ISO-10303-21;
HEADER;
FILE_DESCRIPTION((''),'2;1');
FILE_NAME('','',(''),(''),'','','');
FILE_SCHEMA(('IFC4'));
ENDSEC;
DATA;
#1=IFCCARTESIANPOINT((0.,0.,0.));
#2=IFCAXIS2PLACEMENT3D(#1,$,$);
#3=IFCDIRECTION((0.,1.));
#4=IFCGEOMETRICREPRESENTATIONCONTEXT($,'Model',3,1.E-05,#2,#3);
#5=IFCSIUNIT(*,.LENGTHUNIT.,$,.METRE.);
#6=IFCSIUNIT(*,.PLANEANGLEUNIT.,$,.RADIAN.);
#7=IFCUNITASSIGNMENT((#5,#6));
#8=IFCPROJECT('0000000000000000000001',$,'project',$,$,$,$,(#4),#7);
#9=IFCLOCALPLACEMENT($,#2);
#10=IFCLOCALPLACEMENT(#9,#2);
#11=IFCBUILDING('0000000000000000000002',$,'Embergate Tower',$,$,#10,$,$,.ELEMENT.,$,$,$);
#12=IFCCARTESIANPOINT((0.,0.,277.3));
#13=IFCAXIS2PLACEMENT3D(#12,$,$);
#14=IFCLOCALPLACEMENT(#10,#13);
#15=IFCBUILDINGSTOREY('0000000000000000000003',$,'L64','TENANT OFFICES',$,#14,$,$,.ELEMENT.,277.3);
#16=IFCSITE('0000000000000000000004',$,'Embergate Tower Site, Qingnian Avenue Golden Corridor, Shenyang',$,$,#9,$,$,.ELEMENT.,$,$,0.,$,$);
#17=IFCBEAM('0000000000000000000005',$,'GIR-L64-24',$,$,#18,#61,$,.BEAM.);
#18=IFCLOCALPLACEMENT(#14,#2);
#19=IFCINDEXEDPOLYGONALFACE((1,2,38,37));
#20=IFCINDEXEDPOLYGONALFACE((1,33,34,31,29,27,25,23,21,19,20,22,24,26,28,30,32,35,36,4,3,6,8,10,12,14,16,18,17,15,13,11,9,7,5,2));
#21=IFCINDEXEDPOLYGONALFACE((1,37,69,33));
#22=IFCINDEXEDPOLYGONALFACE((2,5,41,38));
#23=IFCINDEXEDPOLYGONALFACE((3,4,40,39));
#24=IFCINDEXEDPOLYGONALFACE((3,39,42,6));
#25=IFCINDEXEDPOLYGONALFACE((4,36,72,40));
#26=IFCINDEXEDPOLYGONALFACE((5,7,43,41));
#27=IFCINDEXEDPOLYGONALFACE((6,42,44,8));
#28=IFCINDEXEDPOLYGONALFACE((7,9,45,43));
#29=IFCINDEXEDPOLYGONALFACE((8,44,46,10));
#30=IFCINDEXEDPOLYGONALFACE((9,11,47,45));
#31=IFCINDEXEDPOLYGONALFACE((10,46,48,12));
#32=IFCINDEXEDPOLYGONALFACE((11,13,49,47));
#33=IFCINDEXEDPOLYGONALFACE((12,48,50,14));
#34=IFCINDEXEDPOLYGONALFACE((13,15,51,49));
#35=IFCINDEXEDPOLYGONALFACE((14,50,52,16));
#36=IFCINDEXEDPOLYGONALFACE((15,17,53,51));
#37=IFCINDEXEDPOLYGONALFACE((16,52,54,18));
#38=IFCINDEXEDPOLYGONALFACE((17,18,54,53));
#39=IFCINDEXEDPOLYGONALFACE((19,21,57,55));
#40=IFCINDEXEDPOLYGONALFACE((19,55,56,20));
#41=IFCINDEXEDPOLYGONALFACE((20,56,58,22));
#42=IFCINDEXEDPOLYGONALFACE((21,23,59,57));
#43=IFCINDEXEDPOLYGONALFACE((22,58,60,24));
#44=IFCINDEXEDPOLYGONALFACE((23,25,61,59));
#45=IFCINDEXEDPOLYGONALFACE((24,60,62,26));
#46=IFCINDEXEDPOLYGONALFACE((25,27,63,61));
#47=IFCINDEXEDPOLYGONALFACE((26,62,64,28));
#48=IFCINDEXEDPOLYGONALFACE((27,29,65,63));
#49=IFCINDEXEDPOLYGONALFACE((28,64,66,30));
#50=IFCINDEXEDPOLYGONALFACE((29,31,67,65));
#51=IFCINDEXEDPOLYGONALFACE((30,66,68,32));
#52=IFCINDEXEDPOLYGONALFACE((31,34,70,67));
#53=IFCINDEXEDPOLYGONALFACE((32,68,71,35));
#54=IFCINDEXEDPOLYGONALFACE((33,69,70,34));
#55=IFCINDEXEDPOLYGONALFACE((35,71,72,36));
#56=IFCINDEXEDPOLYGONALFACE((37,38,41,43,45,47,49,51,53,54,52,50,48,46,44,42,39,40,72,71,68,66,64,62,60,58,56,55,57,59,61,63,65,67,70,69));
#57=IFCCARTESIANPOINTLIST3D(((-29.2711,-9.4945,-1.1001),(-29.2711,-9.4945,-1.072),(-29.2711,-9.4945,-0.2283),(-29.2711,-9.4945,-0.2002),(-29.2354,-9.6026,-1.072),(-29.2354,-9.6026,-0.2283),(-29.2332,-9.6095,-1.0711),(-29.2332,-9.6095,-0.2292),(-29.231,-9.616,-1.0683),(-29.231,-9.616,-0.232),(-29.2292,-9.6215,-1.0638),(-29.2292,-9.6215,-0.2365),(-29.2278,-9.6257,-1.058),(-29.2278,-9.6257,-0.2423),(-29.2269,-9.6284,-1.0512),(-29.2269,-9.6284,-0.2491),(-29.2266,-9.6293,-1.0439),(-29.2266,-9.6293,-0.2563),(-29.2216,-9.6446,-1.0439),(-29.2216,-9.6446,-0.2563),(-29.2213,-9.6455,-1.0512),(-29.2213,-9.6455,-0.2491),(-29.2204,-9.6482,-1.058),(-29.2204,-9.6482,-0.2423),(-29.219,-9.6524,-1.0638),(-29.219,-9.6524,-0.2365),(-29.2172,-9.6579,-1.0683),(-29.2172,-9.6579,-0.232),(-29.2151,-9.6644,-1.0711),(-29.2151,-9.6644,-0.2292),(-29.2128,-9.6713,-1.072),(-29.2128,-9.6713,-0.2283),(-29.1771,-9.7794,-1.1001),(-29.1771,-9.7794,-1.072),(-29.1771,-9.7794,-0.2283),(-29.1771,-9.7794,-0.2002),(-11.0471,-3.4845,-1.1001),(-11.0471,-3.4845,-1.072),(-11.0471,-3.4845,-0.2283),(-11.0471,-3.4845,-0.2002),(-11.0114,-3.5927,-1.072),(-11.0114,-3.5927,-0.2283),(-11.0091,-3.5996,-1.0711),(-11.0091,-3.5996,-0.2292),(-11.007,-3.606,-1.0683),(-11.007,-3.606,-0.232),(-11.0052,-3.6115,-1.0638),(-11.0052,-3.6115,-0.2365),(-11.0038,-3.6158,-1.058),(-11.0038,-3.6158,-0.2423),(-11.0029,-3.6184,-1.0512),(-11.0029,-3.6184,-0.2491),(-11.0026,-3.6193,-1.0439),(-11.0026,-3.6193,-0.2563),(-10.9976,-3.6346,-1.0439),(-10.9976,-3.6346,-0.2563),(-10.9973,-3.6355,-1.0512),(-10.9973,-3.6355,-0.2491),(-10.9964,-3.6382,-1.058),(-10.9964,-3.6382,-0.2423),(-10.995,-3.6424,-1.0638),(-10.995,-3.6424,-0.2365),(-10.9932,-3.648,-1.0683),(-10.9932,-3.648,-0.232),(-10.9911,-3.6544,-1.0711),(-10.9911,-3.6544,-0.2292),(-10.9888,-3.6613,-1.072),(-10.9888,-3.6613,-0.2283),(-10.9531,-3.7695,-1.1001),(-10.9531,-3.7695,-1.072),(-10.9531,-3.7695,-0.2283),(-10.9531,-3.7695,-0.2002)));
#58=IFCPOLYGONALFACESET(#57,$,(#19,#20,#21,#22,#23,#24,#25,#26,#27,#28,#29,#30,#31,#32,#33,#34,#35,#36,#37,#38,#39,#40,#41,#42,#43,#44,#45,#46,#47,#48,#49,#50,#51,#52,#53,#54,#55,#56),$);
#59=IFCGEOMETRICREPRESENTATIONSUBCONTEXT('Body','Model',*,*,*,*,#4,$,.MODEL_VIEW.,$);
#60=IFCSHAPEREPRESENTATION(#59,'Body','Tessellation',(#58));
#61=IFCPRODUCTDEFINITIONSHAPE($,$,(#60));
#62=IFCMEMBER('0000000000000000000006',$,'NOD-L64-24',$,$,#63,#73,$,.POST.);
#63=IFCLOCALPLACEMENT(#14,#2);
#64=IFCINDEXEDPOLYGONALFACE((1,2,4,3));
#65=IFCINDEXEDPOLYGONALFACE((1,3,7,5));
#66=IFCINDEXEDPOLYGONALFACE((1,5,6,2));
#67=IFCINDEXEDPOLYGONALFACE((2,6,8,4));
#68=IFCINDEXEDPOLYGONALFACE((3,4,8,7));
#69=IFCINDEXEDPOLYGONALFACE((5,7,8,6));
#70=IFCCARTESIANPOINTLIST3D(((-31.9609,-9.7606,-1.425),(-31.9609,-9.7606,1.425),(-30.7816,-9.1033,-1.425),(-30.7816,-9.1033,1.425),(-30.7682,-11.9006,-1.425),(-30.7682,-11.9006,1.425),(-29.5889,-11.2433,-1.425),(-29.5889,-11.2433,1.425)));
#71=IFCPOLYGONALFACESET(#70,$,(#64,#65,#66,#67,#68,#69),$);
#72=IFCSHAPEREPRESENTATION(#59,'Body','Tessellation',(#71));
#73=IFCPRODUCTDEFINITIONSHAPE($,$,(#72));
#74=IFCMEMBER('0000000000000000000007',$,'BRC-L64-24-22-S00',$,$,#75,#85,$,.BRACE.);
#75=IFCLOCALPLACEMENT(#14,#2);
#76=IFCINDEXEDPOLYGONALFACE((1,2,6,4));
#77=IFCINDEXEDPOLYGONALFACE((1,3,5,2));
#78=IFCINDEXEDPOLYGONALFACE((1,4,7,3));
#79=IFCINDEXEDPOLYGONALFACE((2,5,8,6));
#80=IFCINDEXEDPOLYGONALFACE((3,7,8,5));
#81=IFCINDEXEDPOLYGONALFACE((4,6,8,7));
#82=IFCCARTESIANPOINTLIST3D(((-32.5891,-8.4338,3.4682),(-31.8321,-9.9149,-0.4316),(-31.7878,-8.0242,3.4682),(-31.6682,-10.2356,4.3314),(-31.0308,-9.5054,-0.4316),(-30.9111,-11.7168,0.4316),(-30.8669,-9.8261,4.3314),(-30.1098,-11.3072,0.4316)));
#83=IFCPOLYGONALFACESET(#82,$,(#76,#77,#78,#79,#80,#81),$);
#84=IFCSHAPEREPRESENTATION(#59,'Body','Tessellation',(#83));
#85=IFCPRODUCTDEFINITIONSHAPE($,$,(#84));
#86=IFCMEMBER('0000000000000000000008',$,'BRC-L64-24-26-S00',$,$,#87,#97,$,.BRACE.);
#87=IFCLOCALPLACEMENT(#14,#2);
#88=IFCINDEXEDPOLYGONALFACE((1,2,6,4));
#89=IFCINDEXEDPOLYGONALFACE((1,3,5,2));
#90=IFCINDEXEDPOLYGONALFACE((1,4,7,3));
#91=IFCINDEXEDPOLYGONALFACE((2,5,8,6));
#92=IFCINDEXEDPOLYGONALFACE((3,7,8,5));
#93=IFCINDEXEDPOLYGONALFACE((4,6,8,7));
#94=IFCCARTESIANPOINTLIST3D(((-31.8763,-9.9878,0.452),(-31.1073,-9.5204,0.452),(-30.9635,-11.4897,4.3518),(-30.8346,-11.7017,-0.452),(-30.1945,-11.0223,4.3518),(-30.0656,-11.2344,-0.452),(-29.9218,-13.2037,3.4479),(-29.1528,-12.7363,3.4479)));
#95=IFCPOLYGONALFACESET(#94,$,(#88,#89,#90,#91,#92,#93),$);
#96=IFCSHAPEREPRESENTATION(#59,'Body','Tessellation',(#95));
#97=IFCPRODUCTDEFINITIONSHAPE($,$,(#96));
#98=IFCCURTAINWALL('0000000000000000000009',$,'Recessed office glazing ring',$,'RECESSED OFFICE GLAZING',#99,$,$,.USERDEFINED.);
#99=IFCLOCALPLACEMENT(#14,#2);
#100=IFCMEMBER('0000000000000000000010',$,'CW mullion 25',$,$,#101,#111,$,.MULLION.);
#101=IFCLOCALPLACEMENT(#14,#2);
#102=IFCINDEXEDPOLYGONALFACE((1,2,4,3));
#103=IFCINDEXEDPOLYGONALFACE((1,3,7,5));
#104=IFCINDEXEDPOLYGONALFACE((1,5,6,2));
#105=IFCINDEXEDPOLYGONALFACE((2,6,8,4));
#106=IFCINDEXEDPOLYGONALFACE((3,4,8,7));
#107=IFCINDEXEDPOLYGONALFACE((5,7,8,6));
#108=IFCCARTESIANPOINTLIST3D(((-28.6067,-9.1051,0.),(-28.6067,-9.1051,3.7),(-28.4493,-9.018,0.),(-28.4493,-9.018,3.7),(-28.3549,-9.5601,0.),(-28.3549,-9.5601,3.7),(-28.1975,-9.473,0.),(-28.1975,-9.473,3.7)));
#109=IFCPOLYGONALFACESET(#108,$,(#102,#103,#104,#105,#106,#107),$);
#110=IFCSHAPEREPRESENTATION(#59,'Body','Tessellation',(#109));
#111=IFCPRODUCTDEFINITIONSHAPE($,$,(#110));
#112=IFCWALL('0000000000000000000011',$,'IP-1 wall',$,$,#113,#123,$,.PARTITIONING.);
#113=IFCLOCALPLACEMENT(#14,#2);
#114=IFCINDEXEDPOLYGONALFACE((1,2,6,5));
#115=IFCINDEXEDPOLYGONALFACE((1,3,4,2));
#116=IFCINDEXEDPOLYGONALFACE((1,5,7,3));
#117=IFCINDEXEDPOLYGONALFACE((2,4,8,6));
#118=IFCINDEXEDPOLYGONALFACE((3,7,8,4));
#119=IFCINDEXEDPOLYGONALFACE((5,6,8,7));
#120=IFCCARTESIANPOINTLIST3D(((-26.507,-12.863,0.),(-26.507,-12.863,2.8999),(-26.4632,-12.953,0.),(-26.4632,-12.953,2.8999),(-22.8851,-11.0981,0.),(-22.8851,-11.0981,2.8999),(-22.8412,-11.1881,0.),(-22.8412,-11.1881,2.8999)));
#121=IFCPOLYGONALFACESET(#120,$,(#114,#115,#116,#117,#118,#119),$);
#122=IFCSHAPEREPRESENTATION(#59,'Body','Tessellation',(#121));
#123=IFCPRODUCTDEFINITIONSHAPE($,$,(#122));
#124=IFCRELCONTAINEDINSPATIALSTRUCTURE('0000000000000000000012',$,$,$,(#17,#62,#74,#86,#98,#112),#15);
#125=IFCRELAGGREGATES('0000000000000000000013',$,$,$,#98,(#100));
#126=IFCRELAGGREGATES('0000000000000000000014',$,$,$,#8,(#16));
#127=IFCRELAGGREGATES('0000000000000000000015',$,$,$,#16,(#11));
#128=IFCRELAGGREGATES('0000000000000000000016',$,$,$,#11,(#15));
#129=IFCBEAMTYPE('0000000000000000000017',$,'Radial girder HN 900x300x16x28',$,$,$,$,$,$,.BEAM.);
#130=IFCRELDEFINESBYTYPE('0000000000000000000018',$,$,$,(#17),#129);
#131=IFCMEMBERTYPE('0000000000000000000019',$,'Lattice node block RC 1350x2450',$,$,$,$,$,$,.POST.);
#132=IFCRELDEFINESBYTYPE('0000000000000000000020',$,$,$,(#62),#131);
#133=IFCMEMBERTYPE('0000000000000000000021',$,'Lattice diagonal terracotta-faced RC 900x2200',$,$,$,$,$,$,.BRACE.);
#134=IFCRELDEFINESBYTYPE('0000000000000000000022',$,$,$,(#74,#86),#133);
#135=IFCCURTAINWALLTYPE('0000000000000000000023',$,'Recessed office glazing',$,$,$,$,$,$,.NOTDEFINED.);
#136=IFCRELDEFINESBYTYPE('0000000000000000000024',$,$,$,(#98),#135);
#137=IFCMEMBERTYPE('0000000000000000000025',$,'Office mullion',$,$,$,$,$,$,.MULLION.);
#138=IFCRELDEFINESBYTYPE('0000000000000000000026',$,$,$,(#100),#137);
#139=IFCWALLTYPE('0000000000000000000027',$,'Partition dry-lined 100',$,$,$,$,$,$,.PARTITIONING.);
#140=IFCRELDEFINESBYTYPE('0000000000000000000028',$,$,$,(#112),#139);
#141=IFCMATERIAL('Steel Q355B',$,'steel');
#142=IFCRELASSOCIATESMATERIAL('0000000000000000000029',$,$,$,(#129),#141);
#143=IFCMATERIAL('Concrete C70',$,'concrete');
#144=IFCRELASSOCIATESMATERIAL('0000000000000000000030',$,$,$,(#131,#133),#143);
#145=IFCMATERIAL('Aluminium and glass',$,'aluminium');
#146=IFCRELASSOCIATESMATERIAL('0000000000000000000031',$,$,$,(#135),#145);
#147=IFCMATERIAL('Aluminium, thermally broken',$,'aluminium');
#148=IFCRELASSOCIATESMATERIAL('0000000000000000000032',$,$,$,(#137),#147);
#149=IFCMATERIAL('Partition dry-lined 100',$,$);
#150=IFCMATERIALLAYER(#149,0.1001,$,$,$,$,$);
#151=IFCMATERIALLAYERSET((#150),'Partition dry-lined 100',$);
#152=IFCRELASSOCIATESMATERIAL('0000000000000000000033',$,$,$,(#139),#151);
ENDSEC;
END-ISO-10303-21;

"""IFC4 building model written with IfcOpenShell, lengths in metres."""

from ifc_helpers import new_model, si_unit, direction, frame, frame_2d, origin, origin_2d, place, context, subcontext, project, spatial, rectangle, i_section, extrude, source, transform, mapped, material, layer, layer_set, material_profile, profile_set, type_object, element, aggregate, save


model = new_model("IFC4")

# Units and contexts
model_context = context("Model", 3, precision=1e-05, world=origin(), true_north=direction((0.0, 1.0)))
body_context = subcontext(model_context, "Body", "Model", "MODEL_VIEW")
ifc_project = project(units=[si_unit("LENGTHUNIT", "METRE"), si_unit("PLANEANGLEUNIT", "RADIAN")], contexts=[model_context])

# Site, building, storey
site_placement = place(None, origin())
site = spatial("IfcSite", under=ifc_project, at=site_placement, Name="Embergate Tower Site, Qingnian Avenue Golden Corridor, Shenyang", CompositionType="ELEMENT", RefElevation=0.0)
building_placement = place(site_placement, origin())
building = spatial("IfcBuilding", under=site, at=building_placement, Name="Embergate Tower", CompositionType="ELEMENT")
storey_placement = place(building_placement, frame((0.0, 0.0, 277.3)))
storey = spatial("IfcBuildingStorey", under=building, at=storey_placement, Name="L64", Description="TENANT OFFICES", CompositionType="ELEMENT", Elevation=277.3)

# Beam
ifc_material_1 = material(Name="Steel Q355B", Category="steel")
ifc_material_profile_1 = material_profile(ifc_material_1, i_section(OverallWidth=0.3, OverallDepth=0.8999, WebThickness=0.0161, FlangeThickness=0.0281, FilletRadius=0.0281, at=origin_2d()), Name="HN 900x300x16x28")
ifc_profile_set_1 = profile_set([ifc_material_profile_1], Name="Steel Q355 grade B")
beam_type_1 = type_object("IfcBeamType", Name="Radial girder HN 900x300x16x28", PredefinedType="BEAM", material=ifc_profile_set_1)
shared_shape_1 = source(origin(), body_context, "Body", "SweptSolid", [
    extrude(i_section(OverallWidth=0.3, OverallDepth=0.8999, WebThickness=0.0161, FlangeThickness=0.0281, FilletRadius=0.0281, at=origin_2d()), origin(), (0.0, 0.0, 1.0), 19.1895),
])
beam_1_placement = place(storey_placement, frame((-29.2241, -9.637, -0.6501), z_axis=(0.94969, 0.313192, 0.0), x_axis=(-0.313192, 0.94969, 0.0)))
element("IfcBeam", 1, at=beam_1_placement, inside=storey, type_object=beam_type_1, Name="GIR-L64-24", PredefinedType="BEAM", context=body_context, shape_type="MappedRepresentation", body=[
    mapped(shared_shape_1, transform((0.0, 0.0, 0.0))),
])

# Members
ifc_material_2 = material(Name="Concrete C70", Category="concrete")
ifc_material_profile_2 = material_profile(ifc_material_2, rectangle(XDim=1.3501, YDim=2.45, at=origin_2d()), Name="RC 1350x2450")
ifc_profile_set_2 = profile_set([ifc_material_profile_2], Name="Concrete C70")
member_type_1 = type_object("IfcMemberType", Name="Lattice node block RC 1350x2450", PredefinedType="POST", material=ifc_profile_set_2)
shared_shape_2 = source(origin(), body_context, "Body", "SweptSolid", [
    extrude(rectangle(XDim=1.3501, YDim=2.45, at=origin_2d()), origin(), (0.0, 0.0, 1.0), 2.8501),
])
member_1_placement = place(storey_placement, frame((-30.7749, -10.502, -1.425), z_axis=(0.0, 0.0, 1.0), x_axis=(-0.873492, -0.486839, 0.0)))
element("IfcMember", 2, at=member_1_placement, inside=storey, type_object=member_type_1, Name="NOD-L64-24", PredefinedType="POST", context=body_context, shape_type="MappedRepresentation", body=[
    mapped(shared_shape_2, transform((0.0, 0.0, 0.0))),
])
ifc_material_profile_3 = material_profile(ifc_material_2, rectangle(XDim=0.8999, YDim=2.2, at=origin_2d()), Name="RC 900x2200")
ifc_profile_set_3 = profile_set([ifc_material_profile_3], Name="Concrete C70")
member_type_2 = type_object("IfcMemberType", Name="Lattice diagonal terracotta-faced RC 900x2200", PredefinedType="BRACE", material=ifc_profile_set_3)
shared_shape_3 = source(origin(), body_context, "Body", "SweptSolid", [
    extrude(rectangle(XDim=0.8999, YDim=2.2, at=origin_2d()), origin(), (0.0, 0.0, 1.0), 4.2397),
])
member_2_placement = place(storey_placement, frame((-30.9709, -10.6111, 0.0), z_axis=(-0.178563, 0.349352, 0.91982), x_axis=(-0.890429, -0.455121, 0.0)))
element("IfcMember", 3, at=member_2_placement, inside=storey, type_object=member_type_2, Name="BRC-L64-24-22-S00", PredefinedType="BRACE", context=body_context, shape_type="MappedRepresentation", body=[
    mapped(shared_shape_3, transform((0.0, 0.0, 0.0))),
])
shared_shape_4 = source(origin(), body_context, "Body", "SweptSolid", [
    extrude(rectangle(XDim=0.8999, YDim=2.2, at=origin_2d()), origin(), (0.0, 0.0, 1.0), 4.2776),
])
member_3_placement = place(storey_placement, frame((-30.9709, -10.6111, 0.0), z_axis=(0.213397, -0.351116, 0.91169), x_axis=(0.85455, 0.51937, 0.0)))
element("IfcMember", 4, at=member_3_placement, inside=storey, type_object=member_type_2, Name="BRC-L64-24-26-S00", PredefinedType="BRACE", context=body_context, shape_type="MappedRepresentation", body=[
    mapped(shared_shape_4, transform((0.0, 0.0, 0.0))),
])

# Curtain wall, member
ifc_material_3 = material(Name="Aluminium and glass", Category="aluminium")
curtain_wall_type = type_object("IfcCurtainWallType", Name="Recessed office glazing", PredefinedType="NOTDEFINED", material=ifc_material_3)
curtain_wall_placement = place(storey_placement, origin())
curtain_wall = element("IfcCurtainWall", 5, at=curtain_wall_placement, inside=storey, type_object=curtain_wall_type, Name="Recessed office glazing ring", ObjectType="RECESSED OFFICE GLAZING", PredefinedType="USERDEFINED")
ifc_material_4 = material(Name="Aluminium, thermally broken", Category="aluminium")
ifc_material_profile_4 = material_profile(ifc_material_4, rectangle(XDim=0.1799, YDim=0.52, at=origin_2d()), Name="AL 520x180")
ifc_profile_set_4 = profile_set([ifc_material_profile_4], Name="Aluminium, thermally broken")
member_type_3 = type_object("IfcMemberType", Name="Office mullion", PredefinedType="MULLION", material=ifc_profile_set_4)
shared_shape_5 = source(origin(), body_context, "Body", "SweptSolid", [
    extrude(rectangle(XDim=0.1799, YDim=0.52, at=origin_2d()), origin(), (0.0, 0.0, 1.0), 3.7),
])
member_4_placement = place(storey_placement, frame((-28.4021, -9.2891, 0.0), z_axis=(0.0, 0.0, 1.0), x_axis=(0.874993, 0.484136, 0.0)))
member_4 = element("IfcMember", 6, at=member_4_placement, type_object=member_type_3, Name="CW mullion 25", PredefinedType="MULLION", context=body_context, shape_type="MappedRepresentation", body=[
    mapped(shared_shape_5, transform((0.0, 0.0, 0.0))),
])
aggregate(curtain_wall, [member_4])

# Wall
ifc_material_5 = material(Name="Partition dry-lined 100")
ifc_layer_1 = layer(ifc_material_5, 0.1001)
ifc_layer_set_1 = layer_set([ifc_layer_1], Name="Partition dry-lined 100")
wall_type_1 = type_object("IfcWallType", Name="Partition dry-lined 100", PredefinedType="PARTITIONING", material=ifc_layer_set_1)
shared_shape_6 = source(origin(), body_context, "Body", "SweptSolid", [
    extrude(rectangle(XDim=4.0291, YDim=0.1001, at=frame_2d((2.0146, 0.0))), origin(), (0.0, 0.0, 1.0), 2.8999),
])
wall_1_placement = place(storey_placement, frame((-22.863, -11.1431, 0.0), z_axis=(0.0, 0.0, 1.0), x_axis=(-0.898961, -0.438028, 0.0)))
element("IfcWall", 7, at=wall_1_placement, inside=storey, type_object=wall_type_1, Name="IP-1 wall", PredefinedType="PARTITIONING", context=body_context, shape_type="MappedRepresentation", body=[
    mapped(shared_shape_6, transform((0.0, 0.0, 0.0))),
])

save(model, "model.ifc")
